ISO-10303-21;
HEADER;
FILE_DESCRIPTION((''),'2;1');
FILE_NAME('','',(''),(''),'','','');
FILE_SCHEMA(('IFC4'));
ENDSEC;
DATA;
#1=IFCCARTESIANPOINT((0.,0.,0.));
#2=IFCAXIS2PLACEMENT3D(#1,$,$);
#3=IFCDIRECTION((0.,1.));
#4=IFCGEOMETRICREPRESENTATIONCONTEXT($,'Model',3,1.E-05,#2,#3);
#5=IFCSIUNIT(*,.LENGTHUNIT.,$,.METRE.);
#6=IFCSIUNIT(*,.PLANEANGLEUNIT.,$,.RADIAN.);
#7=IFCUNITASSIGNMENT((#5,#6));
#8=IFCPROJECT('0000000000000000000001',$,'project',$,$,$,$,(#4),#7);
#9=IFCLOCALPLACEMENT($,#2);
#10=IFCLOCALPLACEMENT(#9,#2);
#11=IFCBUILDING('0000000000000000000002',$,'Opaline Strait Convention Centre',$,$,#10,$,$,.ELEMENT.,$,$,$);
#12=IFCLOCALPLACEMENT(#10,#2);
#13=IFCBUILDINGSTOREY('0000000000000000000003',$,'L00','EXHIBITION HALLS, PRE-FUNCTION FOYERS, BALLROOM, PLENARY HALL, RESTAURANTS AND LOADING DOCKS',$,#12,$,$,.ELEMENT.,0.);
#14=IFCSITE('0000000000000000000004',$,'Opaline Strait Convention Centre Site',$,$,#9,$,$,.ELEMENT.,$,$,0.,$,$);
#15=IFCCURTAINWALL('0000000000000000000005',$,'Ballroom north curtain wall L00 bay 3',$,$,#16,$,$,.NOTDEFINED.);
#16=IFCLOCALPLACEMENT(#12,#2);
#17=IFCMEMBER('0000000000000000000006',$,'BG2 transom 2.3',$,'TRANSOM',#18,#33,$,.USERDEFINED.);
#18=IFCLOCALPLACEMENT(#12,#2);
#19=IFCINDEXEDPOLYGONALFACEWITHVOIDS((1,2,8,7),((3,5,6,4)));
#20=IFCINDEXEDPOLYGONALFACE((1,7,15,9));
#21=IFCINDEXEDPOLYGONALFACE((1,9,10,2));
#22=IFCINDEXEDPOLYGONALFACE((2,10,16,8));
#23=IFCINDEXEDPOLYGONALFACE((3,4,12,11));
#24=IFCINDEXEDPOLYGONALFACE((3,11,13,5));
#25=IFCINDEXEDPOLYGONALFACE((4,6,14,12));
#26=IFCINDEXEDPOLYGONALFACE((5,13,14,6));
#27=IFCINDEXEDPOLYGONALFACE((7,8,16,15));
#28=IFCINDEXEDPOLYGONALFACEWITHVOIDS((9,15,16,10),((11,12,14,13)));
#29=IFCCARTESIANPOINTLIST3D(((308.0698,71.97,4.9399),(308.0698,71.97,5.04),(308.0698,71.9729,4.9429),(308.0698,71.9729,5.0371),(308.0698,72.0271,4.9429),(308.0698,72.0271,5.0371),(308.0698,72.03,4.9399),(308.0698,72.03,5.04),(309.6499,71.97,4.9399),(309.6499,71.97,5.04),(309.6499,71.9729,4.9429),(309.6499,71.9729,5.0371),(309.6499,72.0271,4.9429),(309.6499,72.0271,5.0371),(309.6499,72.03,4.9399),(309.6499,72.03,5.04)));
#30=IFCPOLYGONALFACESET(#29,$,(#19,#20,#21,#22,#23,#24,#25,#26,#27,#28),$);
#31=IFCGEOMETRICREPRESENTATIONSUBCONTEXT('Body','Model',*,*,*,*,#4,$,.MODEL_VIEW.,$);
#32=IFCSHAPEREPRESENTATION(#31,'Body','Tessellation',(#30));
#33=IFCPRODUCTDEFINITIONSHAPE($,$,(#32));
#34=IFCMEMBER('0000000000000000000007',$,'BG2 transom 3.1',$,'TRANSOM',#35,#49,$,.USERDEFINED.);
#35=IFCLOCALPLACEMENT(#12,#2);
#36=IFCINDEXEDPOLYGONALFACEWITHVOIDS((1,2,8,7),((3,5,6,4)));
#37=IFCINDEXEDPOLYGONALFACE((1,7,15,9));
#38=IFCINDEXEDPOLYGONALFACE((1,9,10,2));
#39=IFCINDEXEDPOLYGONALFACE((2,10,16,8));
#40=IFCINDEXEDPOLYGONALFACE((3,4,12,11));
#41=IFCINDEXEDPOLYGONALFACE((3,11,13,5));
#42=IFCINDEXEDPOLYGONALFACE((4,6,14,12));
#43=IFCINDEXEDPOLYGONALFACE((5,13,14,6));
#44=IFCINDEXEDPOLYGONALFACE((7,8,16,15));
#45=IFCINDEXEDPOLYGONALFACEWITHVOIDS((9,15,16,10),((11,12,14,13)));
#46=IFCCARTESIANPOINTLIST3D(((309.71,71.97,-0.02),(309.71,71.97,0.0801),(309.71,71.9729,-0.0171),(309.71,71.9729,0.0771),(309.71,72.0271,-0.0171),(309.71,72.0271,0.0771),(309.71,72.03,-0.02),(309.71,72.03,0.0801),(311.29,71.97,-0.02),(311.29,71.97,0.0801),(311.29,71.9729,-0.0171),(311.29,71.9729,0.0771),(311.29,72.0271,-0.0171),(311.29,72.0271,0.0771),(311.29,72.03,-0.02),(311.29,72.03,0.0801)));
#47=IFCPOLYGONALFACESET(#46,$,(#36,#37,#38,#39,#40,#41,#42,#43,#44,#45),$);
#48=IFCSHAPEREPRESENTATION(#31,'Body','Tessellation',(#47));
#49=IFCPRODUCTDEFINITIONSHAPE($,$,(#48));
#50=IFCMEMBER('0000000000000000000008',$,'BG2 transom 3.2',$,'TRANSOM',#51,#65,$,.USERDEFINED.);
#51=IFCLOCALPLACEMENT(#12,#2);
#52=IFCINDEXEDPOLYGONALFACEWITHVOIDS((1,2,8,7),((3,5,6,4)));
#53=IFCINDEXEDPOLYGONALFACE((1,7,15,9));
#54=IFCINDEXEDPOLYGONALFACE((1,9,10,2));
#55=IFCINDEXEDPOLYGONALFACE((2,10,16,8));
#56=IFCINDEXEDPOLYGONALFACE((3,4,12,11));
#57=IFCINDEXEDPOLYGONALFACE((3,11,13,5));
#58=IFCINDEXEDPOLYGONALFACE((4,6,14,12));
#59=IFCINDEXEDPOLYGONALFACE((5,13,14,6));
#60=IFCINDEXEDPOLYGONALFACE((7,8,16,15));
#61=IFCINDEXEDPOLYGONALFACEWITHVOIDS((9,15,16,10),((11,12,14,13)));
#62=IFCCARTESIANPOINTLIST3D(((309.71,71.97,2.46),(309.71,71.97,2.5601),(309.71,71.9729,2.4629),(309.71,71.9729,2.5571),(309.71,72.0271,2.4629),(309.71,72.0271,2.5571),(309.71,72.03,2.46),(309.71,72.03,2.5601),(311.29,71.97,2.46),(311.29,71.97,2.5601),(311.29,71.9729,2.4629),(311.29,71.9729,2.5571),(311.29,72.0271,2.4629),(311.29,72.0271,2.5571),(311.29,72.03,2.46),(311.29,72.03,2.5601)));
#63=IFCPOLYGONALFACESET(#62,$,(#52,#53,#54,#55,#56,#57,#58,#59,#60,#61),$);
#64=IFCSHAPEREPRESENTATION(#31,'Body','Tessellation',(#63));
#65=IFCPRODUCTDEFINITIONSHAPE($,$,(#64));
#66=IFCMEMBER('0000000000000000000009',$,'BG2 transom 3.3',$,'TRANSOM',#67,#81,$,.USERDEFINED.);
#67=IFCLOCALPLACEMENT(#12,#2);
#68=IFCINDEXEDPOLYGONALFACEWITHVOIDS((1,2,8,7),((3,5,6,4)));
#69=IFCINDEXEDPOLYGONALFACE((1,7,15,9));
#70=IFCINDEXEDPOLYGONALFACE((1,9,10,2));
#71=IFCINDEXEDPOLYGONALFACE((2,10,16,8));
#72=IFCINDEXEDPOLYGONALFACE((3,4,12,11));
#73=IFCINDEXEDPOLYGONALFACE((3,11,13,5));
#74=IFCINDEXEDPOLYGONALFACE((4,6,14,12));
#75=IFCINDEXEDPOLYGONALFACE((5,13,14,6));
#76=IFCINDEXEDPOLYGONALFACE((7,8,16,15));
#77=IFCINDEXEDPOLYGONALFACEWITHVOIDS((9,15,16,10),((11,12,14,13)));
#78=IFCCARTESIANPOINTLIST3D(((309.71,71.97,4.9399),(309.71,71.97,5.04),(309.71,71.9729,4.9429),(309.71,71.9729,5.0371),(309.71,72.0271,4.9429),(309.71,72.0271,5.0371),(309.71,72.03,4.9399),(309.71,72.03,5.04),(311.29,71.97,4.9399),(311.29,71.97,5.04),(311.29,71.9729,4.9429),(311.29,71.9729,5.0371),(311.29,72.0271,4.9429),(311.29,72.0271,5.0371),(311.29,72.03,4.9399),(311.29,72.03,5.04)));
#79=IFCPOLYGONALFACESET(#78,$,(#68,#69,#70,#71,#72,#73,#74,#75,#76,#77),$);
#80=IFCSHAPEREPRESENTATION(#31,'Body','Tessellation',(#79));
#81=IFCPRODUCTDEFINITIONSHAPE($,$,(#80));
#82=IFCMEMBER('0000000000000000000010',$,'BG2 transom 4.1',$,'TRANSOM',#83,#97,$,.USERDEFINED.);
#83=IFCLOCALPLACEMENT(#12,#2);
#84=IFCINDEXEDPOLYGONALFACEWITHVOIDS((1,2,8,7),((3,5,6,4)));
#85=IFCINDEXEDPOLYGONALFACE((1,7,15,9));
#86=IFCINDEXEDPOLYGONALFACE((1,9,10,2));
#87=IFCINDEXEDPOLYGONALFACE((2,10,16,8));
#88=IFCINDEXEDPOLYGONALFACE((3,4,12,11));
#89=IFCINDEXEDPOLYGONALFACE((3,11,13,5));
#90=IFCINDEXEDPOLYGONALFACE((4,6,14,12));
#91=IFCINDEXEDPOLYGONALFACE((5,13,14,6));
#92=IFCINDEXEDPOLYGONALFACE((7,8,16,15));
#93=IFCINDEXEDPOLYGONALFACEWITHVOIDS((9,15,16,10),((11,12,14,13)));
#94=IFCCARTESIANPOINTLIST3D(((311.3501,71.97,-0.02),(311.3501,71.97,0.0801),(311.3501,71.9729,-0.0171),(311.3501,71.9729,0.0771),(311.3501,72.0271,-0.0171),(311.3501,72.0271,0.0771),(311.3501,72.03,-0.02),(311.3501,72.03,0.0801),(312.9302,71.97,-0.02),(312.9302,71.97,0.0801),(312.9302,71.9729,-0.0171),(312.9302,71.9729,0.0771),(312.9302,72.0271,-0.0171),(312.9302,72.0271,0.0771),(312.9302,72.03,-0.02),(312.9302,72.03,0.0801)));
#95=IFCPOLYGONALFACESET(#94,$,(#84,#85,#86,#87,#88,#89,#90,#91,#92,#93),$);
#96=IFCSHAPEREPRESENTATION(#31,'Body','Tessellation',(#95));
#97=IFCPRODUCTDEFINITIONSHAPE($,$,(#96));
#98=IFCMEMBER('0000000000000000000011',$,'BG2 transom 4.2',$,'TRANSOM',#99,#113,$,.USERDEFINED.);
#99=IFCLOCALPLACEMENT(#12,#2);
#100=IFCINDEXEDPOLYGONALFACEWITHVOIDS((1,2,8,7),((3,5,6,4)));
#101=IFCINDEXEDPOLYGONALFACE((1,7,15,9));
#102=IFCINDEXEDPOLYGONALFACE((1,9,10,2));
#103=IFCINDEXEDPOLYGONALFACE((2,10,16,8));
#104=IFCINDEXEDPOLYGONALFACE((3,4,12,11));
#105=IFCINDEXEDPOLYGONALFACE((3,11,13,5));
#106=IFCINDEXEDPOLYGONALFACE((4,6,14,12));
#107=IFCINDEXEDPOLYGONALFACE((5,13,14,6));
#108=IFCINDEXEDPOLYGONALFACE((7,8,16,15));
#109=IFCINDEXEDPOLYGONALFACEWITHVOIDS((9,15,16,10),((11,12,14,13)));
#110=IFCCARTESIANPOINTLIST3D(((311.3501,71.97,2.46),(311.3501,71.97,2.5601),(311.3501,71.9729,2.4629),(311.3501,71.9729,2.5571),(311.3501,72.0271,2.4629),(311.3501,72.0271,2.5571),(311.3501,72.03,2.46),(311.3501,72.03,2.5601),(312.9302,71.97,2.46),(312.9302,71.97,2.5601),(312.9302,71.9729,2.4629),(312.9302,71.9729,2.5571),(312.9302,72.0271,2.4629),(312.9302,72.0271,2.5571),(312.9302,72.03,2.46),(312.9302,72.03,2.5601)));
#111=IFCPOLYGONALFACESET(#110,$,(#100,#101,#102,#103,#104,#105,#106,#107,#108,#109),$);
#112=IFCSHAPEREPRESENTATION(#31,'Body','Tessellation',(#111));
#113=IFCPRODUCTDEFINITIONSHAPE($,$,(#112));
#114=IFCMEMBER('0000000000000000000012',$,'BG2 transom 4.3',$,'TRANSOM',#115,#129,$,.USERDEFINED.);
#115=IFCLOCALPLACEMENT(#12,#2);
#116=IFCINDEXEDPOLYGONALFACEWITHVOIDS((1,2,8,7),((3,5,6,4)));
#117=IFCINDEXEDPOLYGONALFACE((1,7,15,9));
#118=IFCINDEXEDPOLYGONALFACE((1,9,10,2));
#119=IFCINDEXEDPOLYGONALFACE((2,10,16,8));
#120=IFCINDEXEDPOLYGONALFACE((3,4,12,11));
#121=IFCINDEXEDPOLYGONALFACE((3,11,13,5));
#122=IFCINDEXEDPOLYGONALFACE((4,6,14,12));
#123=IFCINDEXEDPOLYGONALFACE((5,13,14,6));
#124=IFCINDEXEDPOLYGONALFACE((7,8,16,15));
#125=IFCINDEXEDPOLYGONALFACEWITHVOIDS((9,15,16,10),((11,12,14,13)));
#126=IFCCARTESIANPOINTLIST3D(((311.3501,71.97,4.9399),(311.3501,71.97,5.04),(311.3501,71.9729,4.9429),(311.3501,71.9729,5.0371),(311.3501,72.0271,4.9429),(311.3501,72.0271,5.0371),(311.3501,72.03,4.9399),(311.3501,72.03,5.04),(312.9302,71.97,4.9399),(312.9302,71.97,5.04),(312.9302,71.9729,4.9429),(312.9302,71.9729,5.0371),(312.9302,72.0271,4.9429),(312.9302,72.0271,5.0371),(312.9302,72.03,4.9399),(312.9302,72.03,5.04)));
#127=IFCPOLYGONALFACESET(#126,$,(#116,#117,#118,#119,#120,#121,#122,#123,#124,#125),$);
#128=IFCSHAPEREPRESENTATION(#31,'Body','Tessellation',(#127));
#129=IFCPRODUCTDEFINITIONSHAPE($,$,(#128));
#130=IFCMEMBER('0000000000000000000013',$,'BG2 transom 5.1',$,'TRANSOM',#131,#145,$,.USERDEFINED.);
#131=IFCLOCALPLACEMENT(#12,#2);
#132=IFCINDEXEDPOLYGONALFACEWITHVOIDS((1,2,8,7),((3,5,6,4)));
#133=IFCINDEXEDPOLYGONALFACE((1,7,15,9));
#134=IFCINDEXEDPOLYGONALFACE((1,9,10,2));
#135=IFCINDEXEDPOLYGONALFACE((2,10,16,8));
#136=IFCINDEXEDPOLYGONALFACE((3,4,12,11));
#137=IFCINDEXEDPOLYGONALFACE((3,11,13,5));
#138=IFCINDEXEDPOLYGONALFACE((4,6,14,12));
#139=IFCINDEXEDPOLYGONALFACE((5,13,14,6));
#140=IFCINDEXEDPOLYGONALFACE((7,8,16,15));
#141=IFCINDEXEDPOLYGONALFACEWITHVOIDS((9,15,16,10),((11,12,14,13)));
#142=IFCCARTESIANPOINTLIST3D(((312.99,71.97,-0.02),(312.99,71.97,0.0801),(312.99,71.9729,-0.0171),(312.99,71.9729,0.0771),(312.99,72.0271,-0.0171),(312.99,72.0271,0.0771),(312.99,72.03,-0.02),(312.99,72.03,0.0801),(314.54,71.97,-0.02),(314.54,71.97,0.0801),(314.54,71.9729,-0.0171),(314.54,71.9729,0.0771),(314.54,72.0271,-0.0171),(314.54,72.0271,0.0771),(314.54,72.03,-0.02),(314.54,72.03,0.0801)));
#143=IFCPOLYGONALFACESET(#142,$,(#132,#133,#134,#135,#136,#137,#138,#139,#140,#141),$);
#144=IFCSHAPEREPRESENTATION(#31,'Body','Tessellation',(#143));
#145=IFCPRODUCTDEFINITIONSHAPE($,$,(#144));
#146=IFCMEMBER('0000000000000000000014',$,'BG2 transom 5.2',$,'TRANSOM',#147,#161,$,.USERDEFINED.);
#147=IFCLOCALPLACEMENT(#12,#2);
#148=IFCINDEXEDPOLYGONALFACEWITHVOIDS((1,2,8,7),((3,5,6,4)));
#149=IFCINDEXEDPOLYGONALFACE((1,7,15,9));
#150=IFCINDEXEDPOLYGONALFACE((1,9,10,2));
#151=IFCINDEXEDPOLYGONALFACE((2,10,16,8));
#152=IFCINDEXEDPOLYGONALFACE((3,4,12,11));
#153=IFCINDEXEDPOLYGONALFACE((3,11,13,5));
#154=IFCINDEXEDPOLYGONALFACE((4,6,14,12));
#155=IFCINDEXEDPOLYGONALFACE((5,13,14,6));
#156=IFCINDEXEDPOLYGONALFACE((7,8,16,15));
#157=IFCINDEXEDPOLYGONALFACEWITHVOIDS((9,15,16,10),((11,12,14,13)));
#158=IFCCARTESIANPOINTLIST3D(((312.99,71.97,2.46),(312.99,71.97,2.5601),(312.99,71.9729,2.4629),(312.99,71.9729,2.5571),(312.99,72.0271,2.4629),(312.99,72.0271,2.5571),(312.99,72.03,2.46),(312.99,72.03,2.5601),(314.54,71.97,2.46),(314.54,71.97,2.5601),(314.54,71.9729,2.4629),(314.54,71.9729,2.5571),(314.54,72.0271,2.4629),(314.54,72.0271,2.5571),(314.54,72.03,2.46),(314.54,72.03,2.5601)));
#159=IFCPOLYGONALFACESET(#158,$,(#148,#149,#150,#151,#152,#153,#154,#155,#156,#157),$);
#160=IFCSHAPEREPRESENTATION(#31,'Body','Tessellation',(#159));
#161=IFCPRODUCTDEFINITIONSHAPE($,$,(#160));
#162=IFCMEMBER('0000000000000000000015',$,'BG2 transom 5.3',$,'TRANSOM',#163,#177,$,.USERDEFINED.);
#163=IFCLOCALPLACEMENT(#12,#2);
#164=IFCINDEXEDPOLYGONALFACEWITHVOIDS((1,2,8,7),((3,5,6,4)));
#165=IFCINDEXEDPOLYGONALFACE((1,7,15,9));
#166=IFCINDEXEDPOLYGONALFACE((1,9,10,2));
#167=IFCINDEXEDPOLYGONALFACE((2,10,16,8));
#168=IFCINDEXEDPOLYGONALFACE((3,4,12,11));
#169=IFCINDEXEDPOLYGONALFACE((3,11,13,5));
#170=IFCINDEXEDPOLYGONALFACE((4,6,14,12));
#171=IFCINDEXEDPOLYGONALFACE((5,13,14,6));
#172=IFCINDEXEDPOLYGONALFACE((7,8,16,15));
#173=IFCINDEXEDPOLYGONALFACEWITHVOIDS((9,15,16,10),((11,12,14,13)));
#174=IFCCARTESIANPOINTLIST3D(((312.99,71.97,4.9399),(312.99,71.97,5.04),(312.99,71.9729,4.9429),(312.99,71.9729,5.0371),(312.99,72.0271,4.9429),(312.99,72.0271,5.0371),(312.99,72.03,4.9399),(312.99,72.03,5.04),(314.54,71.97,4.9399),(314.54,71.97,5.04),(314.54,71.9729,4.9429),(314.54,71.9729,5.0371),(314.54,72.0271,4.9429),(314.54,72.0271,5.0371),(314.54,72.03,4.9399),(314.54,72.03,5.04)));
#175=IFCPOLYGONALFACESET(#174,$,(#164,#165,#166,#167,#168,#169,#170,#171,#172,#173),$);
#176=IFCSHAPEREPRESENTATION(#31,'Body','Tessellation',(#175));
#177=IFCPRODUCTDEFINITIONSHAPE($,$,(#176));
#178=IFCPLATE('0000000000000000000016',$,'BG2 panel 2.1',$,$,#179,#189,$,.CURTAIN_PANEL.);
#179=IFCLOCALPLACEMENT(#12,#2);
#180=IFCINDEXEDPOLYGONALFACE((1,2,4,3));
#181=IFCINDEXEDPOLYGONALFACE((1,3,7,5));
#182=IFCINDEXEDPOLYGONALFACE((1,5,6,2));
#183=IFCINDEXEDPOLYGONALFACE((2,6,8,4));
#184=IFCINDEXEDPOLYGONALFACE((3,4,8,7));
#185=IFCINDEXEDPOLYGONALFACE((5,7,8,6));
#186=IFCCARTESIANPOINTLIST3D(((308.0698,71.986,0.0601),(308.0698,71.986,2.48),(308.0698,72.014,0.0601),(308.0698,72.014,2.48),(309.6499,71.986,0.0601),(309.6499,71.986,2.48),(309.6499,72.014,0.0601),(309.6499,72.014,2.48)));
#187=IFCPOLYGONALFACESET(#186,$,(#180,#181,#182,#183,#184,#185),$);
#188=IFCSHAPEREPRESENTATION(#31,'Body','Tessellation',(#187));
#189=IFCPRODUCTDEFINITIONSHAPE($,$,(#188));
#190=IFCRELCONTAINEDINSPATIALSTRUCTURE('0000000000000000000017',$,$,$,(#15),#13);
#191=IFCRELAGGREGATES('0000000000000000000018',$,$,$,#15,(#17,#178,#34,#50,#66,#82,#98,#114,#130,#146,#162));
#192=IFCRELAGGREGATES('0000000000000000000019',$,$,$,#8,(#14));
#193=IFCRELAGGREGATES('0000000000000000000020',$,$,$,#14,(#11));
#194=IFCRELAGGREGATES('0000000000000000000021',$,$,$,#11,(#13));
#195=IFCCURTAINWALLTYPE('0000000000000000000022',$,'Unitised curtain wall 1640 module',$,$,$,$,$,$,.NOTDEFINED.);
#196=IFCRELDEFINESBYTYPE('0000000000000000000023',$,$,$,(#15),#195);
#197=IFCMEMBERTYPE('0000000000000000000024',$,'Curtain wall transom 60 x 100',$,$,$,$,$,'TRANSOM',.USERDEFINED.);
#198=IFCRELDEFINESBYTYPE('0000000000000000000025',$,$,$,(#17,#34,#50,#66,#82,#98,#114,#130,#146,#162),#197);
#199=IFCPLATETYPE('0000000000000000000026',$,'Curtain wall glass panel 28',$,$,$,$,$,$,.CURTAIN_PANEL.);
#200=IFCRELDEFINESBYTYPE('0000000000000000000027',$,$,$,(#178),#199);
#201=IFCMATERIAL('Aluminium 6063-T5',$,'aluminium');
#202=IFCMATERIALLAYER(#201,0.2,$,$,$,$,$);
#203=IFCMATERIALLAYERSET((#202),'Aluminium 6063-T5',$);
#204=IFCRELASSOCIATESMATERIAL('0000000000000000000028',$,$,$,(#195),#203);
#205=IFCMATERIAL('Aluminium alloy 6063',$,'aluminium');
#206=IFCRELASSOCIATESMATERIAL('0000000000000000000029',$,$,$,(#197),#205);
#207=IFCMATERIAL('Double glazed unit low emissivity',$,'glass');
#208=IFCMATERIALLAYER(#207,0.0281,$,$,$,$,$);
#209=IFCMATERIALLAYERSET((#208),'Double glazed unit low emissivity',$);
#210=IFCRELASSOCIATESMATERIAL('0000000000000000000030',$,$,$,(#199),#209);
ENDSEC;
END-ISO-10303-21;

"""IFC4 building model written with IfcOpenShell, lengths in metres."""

from ifc_helpers import new_model, si_unit, direction, frame, origin, origin_2d, place, context, subcontext, project, spatial, rectangle, hollow_rectangle, extrude, material, layer, layer_set, material_profile, profile_set, type_object, element, aggregate, save


model = new_model("IFC4")

# Units and contexts
model_context = context("Model", 3, precision=1e-05, world=origin(), true_north=direction((0.0, 1.0)))
body_context = subcontext(model_context, "Body", "Model", "MODEL_VIEW")
ifc_project = project(units=[si_unit("LENGTHUNIT", "METRE"), si_unit("PLANEANGLEUNIT", "RADIAN")], contexts=[model_context])

# Site, building, storey
site_placement = place(None, origin())
site = spatial("IfcSite", under=ifc_project, at=site_placement, Name="Opaline Strait Convention Centre Site", CompositionType="ELEMENT", RefElevation=0.0)
building_placement = place(site_placement, origin())
building = spatial("IfcBuilding", under=site, at=building_placement, Name="Opaline Strait Convention Centre", CompositionType="ELEMENT")
storey_placement = place(building_placement, origin())
storey = spatial("IfcBuildingStorey", under=building, at=storey_placement, Name="L00", Description="EXHIBITION HALLS, PRE-FUNCTION FOYERS, BALLROOM, PLENARY HALL, RESTAURANTS AND LOADING DOCKS", CompositionType="ELEMENT", Elevation=0.0)

# Curtain wall, members, plate
ifc_material_1 = material(Name="Aluminium 6063-T5", Category="aluminium")
ifc_layer_1 = layer(ifc_material_1, 0.2)
ifc_layer_set_1 = layer_set([ifc_layer_1], Name="Aluminium 6063-T5")
curtain_wall_type = type_object("IfcCurtainWallType", Name="Unitised curtain wall 1640 module", PredefinedType="NOTDEFINED", material=ifc_layer_set_1)
curtain_wall_placement = place(storey_placement, origin())
curtain_wall = element("IfcCurtainWall", 1, at=curtain_wall_placement, inside=storey, type_object=curtain_wall_type, Name="Ballroom north curtain wall L00 bay 3", PredefinedType="NOTDEFINED")
ifc_material_2 = material(Name="Aluminium alloy 6063", Category="aluminium")
ifc_material_profile_1 = material_profile(ifc_material_2, hollow_rectangle(XDim=0.0601, YDim=0.1001, WallThickness=0.0029, at=origin_2d()), Name="TRANSOM 60x100x3")
ifc_profile_set_1 = profile_set([ifc_material_profile_1], Name="Aluminium alloy 6063")
member_type_1 = type_object("IfcMemberType", Name="Curtain wall transom 60 x 100", ElementType="TRANSOM", PredefinedType="USERDEFINED", material=ifc_profile_set_1)
member_1_placement = place(storey_placement, frame((308.0698, 72.0, 4.99), z_axis=(1.0, 0.0, 0.0), x_axis=(0.0, 1.0, 0.0)))
member_1 = element("IfcMember", 2, at=member_1_placement, type_object=member_type_1, Name="BG2 transom 2.3", ObjectType="TRANSOM", PredefinedType="USERDEFINED", context=body_context, shape_type="SweptSolid", body=[
    extrude(hollow_rectangle(XDim=0.0601, YDim=0.1001, WallThickness=0.0029, at=origin_2d()), origin(), (0.0, 0.0, 1.0), 1.5801),
])
member_2_placement = place(storey_placement, frame((309.71, 72.0, 0.03), z_axis=(1.0, 0.0, 0.0), x_axis=(0.0, 1.0, 0.0)))
member_2 = element("IfcMember", 3, at=member_2_placement, type_object=member_type_1, Name="BG2 transom 3.1", ObjectType="TRANSOM", PredefinedType="USERDEFINED", context=body_context, shape_type="SweptSolid", body=[
    extrude(hollow_rectangle(XDim=0.0601, YDim=0.1001, WallThickness=0.0029, at=origin_2d()), origin(), (0.0, 0.0, 1.0), 1.5801),
])
member_3_placement = place(storey_placement, frame((309.71, 72.0, 2.51), z_axis=(1.0, 0.0, 0.0), x_axis=(0.0, 1.0, 0.0)))
member_3 = element("IfcMember", 4, at=member_3_placement, type_object=member_type_1, Name="BG2 transom 3.2", ObjectType="TRANSOM", PredefinedType="USERDEFINED", context=body_context, shape_type="SweptSolid", body=[
    extrude(hollow_rectangle(XDim=0.0601, YDim=0.1001, WallThickness=0.0029, at=origin_2d()), origin(), (0.0, 0.0, 1.0), 1.5801),
])
member_4_placement = place(storey_placement, frame((309.71, 72.0, 4.99), z_axis=(1.0, 0.0, 0.0), x_axis=(0.0, 1.0, 0.0)))
member_4 = element("IfcMember", 5, at=member_4_placement, type_object=member_type_1, Name="BG2 transom 3.3", ObjectType="TRANSOM", PredefinedType="USERDEFINED", context=body_context, shape_type="SweptSolid", body=[
    extrude(hollow_rectangle(XDim=0.0601, YDim=0.1001, WallThickness=0.0029, at=origin_2d()), origin(), (0.0, 0.0, 1.0), 1.5801),
])
member_5_placement = place(storey_placement, frame((311.3501, 72.0, 0.03), z_axis=(1.0, 0.0, 0.0), x_axis=(0.0, 1.0, 0.0)))
member_5 = element("IfcMember", 6, at=member_5_placement, type_object=member_type_1, Name="BG2 transom 4.1", ObjectType="TRANSOM", PredefinedType="USERDEFINED", context=body_context, shape_type="SweptSolid", body=[
    extrude(hollow_rectangle(XDim=0.0601, YDim=0.1001, WallThickness=0.0029, at=origin_2d()), origin(), (0.0, 0.0, 1.0), 1.5801),
])
member_6_placement = place(storey_placement, frame((311.3501, 72.0, 2.51), z_axis=(1.0, 0.0, 0.0), x_axis=(0.0, 1.0, 0.0)))
member_6 = element("IfcMember", 7, at=member_6_placement, type_object=member_type_1, Name="BG2 transom 4.2", ObjectType="TRANSOM", PredefinedType="USERDEFINED", context=body_context, shape_type="SweptSolid", body=[
    extrude(hollow_rectangle(XDim=0.0601, YDim=0.1001, WallThickness=0.0029, at=origin_2d()), origin(), (0.0, 0.0, 1.0), 1.5801),
])
member_7_placement = place(storey_placement, frame((311.3501, 72.0, 4.99), z_axis=(1.0, 0.0, 0.0), x_axis=(0.0, 1.0, 0.0)))
member_7 = element("IfcMember", 8, at=member_7_placement, type_object=member_type_1, Name="BG2 transom 4.3", ObjectType="TRANSOM", PredefinedType="USERDEFINED", context=body_context, shape_type="SweptSolid", body=[
    extrude(hollow_rectangle(XDim=0.0601, YDim=0.1001, WallThickness=0.0029, at=origin_2d()), origin(), (0.0, 0.0, 1.0), 1.5801),
])
member_8_placement = place(storey_placement, frame((312.99, 72.0, 0.03), z_axis=(1.0, 0.0, 0.0), x_axis=(0.0, 1.0, 0.0)))
member_8 = element("IfcMember", 9, at=member_8_placement, type_object=member_type_1, Name="BG2 transom 5.1", ObjectType="TRANSOM", PredefinedType="USERDEFINED", context=body_context, shape_type="SweptSolid", body=[
    extrude(hollow_rectangle(XDim=0.0601, YDim=0.1001, WallThickness=0.0029, at=origin_2d()), origin(), (0.0, 0.0, 1.0), 1.55),
])
member_9_placement = place(storey_placement, frame((312.99, 72.0, 2.51), z_axis=(1.0, 0.0, 0.0), x_axis=(0.0, 1.0, 0.0)))
member_9 = element("IfcMember", 10, at=member_9_placement, type_object=member_type_1, Name="BG2 transom 5.2", ObjectType="TRANSOM", PredefinedType="USERDEFINED", context=body_context, shape_type="SweptSolid", body=[
    extrude(hollow_rectangle(XDim=0.0601, YDim=0.1001, WallThickness=0.0029, at=origin_2d()), origin(), (0.0, 0.0, 1.0), 1.55),
])
member_10_placement = place(storey_placement, frame((312.99, 72.0, 4.99), z_axis=(1.0, 0.0, 0.0), x_axis=(0.0, 1.0, 0.0)))
member_10 = element("IfcMember", 11, at=member_10_placement, type_object=member_type_1, Name="BG2 transom 5.3", ObjectType="TRANSOM", PredefinedType="USERDEFINED", context=body_context, shape_type="SweptSolid", body=[
    extrude(hollow_rectangle(XDim=0.0601, YDim=0.1001, WallThickness=0.0029, at=origin_2d()), origin(), (0.0, 0.0, 1.0), 1.55),
])
ifc_material_3 = material(Name="Double glazed unit low emissivity", Category="glass")
ifc_layer_2 = layer(ifc_material_3, 0.0281)
ifc_layer_set_2 = layer_set([ifc_layer_2], Name="Double glazed unit low emissivity")
plate_type = type_object("IfcPlateType", Name="Curtain wall glass panel 28", PredefinedType="CURTAIN_PANEL", material=ifc_layer_set_2)
plate_1_placement = place(storey_placement, frame((308.8599, 72.0, 0.0601), z_axis=(0.0, 0.0, 1.0), x_axis=(1.0, 0.0, 0.0)))
plate_1 = element("IfcPlate", 12, at=plate_1_placement, type_object=plate_type, Name="BG2 panel 2.1", PredefinedType="CURTAIN_PANEL", context=body_context, shape_type="SweptSolid", body=[
    extrude(rectangle(XDim=1.5801, YDim=0.0281, at=origin_2d()), origin(), (0.0, 0.0, 1.0), 2.4199),
])
aggregate(curtain_wall, [member_1, plate_1, member_2, member_3, member_4, member_5, member_6, member_7, member_8, member_9, member_10])

save(model, "model.ifc")
